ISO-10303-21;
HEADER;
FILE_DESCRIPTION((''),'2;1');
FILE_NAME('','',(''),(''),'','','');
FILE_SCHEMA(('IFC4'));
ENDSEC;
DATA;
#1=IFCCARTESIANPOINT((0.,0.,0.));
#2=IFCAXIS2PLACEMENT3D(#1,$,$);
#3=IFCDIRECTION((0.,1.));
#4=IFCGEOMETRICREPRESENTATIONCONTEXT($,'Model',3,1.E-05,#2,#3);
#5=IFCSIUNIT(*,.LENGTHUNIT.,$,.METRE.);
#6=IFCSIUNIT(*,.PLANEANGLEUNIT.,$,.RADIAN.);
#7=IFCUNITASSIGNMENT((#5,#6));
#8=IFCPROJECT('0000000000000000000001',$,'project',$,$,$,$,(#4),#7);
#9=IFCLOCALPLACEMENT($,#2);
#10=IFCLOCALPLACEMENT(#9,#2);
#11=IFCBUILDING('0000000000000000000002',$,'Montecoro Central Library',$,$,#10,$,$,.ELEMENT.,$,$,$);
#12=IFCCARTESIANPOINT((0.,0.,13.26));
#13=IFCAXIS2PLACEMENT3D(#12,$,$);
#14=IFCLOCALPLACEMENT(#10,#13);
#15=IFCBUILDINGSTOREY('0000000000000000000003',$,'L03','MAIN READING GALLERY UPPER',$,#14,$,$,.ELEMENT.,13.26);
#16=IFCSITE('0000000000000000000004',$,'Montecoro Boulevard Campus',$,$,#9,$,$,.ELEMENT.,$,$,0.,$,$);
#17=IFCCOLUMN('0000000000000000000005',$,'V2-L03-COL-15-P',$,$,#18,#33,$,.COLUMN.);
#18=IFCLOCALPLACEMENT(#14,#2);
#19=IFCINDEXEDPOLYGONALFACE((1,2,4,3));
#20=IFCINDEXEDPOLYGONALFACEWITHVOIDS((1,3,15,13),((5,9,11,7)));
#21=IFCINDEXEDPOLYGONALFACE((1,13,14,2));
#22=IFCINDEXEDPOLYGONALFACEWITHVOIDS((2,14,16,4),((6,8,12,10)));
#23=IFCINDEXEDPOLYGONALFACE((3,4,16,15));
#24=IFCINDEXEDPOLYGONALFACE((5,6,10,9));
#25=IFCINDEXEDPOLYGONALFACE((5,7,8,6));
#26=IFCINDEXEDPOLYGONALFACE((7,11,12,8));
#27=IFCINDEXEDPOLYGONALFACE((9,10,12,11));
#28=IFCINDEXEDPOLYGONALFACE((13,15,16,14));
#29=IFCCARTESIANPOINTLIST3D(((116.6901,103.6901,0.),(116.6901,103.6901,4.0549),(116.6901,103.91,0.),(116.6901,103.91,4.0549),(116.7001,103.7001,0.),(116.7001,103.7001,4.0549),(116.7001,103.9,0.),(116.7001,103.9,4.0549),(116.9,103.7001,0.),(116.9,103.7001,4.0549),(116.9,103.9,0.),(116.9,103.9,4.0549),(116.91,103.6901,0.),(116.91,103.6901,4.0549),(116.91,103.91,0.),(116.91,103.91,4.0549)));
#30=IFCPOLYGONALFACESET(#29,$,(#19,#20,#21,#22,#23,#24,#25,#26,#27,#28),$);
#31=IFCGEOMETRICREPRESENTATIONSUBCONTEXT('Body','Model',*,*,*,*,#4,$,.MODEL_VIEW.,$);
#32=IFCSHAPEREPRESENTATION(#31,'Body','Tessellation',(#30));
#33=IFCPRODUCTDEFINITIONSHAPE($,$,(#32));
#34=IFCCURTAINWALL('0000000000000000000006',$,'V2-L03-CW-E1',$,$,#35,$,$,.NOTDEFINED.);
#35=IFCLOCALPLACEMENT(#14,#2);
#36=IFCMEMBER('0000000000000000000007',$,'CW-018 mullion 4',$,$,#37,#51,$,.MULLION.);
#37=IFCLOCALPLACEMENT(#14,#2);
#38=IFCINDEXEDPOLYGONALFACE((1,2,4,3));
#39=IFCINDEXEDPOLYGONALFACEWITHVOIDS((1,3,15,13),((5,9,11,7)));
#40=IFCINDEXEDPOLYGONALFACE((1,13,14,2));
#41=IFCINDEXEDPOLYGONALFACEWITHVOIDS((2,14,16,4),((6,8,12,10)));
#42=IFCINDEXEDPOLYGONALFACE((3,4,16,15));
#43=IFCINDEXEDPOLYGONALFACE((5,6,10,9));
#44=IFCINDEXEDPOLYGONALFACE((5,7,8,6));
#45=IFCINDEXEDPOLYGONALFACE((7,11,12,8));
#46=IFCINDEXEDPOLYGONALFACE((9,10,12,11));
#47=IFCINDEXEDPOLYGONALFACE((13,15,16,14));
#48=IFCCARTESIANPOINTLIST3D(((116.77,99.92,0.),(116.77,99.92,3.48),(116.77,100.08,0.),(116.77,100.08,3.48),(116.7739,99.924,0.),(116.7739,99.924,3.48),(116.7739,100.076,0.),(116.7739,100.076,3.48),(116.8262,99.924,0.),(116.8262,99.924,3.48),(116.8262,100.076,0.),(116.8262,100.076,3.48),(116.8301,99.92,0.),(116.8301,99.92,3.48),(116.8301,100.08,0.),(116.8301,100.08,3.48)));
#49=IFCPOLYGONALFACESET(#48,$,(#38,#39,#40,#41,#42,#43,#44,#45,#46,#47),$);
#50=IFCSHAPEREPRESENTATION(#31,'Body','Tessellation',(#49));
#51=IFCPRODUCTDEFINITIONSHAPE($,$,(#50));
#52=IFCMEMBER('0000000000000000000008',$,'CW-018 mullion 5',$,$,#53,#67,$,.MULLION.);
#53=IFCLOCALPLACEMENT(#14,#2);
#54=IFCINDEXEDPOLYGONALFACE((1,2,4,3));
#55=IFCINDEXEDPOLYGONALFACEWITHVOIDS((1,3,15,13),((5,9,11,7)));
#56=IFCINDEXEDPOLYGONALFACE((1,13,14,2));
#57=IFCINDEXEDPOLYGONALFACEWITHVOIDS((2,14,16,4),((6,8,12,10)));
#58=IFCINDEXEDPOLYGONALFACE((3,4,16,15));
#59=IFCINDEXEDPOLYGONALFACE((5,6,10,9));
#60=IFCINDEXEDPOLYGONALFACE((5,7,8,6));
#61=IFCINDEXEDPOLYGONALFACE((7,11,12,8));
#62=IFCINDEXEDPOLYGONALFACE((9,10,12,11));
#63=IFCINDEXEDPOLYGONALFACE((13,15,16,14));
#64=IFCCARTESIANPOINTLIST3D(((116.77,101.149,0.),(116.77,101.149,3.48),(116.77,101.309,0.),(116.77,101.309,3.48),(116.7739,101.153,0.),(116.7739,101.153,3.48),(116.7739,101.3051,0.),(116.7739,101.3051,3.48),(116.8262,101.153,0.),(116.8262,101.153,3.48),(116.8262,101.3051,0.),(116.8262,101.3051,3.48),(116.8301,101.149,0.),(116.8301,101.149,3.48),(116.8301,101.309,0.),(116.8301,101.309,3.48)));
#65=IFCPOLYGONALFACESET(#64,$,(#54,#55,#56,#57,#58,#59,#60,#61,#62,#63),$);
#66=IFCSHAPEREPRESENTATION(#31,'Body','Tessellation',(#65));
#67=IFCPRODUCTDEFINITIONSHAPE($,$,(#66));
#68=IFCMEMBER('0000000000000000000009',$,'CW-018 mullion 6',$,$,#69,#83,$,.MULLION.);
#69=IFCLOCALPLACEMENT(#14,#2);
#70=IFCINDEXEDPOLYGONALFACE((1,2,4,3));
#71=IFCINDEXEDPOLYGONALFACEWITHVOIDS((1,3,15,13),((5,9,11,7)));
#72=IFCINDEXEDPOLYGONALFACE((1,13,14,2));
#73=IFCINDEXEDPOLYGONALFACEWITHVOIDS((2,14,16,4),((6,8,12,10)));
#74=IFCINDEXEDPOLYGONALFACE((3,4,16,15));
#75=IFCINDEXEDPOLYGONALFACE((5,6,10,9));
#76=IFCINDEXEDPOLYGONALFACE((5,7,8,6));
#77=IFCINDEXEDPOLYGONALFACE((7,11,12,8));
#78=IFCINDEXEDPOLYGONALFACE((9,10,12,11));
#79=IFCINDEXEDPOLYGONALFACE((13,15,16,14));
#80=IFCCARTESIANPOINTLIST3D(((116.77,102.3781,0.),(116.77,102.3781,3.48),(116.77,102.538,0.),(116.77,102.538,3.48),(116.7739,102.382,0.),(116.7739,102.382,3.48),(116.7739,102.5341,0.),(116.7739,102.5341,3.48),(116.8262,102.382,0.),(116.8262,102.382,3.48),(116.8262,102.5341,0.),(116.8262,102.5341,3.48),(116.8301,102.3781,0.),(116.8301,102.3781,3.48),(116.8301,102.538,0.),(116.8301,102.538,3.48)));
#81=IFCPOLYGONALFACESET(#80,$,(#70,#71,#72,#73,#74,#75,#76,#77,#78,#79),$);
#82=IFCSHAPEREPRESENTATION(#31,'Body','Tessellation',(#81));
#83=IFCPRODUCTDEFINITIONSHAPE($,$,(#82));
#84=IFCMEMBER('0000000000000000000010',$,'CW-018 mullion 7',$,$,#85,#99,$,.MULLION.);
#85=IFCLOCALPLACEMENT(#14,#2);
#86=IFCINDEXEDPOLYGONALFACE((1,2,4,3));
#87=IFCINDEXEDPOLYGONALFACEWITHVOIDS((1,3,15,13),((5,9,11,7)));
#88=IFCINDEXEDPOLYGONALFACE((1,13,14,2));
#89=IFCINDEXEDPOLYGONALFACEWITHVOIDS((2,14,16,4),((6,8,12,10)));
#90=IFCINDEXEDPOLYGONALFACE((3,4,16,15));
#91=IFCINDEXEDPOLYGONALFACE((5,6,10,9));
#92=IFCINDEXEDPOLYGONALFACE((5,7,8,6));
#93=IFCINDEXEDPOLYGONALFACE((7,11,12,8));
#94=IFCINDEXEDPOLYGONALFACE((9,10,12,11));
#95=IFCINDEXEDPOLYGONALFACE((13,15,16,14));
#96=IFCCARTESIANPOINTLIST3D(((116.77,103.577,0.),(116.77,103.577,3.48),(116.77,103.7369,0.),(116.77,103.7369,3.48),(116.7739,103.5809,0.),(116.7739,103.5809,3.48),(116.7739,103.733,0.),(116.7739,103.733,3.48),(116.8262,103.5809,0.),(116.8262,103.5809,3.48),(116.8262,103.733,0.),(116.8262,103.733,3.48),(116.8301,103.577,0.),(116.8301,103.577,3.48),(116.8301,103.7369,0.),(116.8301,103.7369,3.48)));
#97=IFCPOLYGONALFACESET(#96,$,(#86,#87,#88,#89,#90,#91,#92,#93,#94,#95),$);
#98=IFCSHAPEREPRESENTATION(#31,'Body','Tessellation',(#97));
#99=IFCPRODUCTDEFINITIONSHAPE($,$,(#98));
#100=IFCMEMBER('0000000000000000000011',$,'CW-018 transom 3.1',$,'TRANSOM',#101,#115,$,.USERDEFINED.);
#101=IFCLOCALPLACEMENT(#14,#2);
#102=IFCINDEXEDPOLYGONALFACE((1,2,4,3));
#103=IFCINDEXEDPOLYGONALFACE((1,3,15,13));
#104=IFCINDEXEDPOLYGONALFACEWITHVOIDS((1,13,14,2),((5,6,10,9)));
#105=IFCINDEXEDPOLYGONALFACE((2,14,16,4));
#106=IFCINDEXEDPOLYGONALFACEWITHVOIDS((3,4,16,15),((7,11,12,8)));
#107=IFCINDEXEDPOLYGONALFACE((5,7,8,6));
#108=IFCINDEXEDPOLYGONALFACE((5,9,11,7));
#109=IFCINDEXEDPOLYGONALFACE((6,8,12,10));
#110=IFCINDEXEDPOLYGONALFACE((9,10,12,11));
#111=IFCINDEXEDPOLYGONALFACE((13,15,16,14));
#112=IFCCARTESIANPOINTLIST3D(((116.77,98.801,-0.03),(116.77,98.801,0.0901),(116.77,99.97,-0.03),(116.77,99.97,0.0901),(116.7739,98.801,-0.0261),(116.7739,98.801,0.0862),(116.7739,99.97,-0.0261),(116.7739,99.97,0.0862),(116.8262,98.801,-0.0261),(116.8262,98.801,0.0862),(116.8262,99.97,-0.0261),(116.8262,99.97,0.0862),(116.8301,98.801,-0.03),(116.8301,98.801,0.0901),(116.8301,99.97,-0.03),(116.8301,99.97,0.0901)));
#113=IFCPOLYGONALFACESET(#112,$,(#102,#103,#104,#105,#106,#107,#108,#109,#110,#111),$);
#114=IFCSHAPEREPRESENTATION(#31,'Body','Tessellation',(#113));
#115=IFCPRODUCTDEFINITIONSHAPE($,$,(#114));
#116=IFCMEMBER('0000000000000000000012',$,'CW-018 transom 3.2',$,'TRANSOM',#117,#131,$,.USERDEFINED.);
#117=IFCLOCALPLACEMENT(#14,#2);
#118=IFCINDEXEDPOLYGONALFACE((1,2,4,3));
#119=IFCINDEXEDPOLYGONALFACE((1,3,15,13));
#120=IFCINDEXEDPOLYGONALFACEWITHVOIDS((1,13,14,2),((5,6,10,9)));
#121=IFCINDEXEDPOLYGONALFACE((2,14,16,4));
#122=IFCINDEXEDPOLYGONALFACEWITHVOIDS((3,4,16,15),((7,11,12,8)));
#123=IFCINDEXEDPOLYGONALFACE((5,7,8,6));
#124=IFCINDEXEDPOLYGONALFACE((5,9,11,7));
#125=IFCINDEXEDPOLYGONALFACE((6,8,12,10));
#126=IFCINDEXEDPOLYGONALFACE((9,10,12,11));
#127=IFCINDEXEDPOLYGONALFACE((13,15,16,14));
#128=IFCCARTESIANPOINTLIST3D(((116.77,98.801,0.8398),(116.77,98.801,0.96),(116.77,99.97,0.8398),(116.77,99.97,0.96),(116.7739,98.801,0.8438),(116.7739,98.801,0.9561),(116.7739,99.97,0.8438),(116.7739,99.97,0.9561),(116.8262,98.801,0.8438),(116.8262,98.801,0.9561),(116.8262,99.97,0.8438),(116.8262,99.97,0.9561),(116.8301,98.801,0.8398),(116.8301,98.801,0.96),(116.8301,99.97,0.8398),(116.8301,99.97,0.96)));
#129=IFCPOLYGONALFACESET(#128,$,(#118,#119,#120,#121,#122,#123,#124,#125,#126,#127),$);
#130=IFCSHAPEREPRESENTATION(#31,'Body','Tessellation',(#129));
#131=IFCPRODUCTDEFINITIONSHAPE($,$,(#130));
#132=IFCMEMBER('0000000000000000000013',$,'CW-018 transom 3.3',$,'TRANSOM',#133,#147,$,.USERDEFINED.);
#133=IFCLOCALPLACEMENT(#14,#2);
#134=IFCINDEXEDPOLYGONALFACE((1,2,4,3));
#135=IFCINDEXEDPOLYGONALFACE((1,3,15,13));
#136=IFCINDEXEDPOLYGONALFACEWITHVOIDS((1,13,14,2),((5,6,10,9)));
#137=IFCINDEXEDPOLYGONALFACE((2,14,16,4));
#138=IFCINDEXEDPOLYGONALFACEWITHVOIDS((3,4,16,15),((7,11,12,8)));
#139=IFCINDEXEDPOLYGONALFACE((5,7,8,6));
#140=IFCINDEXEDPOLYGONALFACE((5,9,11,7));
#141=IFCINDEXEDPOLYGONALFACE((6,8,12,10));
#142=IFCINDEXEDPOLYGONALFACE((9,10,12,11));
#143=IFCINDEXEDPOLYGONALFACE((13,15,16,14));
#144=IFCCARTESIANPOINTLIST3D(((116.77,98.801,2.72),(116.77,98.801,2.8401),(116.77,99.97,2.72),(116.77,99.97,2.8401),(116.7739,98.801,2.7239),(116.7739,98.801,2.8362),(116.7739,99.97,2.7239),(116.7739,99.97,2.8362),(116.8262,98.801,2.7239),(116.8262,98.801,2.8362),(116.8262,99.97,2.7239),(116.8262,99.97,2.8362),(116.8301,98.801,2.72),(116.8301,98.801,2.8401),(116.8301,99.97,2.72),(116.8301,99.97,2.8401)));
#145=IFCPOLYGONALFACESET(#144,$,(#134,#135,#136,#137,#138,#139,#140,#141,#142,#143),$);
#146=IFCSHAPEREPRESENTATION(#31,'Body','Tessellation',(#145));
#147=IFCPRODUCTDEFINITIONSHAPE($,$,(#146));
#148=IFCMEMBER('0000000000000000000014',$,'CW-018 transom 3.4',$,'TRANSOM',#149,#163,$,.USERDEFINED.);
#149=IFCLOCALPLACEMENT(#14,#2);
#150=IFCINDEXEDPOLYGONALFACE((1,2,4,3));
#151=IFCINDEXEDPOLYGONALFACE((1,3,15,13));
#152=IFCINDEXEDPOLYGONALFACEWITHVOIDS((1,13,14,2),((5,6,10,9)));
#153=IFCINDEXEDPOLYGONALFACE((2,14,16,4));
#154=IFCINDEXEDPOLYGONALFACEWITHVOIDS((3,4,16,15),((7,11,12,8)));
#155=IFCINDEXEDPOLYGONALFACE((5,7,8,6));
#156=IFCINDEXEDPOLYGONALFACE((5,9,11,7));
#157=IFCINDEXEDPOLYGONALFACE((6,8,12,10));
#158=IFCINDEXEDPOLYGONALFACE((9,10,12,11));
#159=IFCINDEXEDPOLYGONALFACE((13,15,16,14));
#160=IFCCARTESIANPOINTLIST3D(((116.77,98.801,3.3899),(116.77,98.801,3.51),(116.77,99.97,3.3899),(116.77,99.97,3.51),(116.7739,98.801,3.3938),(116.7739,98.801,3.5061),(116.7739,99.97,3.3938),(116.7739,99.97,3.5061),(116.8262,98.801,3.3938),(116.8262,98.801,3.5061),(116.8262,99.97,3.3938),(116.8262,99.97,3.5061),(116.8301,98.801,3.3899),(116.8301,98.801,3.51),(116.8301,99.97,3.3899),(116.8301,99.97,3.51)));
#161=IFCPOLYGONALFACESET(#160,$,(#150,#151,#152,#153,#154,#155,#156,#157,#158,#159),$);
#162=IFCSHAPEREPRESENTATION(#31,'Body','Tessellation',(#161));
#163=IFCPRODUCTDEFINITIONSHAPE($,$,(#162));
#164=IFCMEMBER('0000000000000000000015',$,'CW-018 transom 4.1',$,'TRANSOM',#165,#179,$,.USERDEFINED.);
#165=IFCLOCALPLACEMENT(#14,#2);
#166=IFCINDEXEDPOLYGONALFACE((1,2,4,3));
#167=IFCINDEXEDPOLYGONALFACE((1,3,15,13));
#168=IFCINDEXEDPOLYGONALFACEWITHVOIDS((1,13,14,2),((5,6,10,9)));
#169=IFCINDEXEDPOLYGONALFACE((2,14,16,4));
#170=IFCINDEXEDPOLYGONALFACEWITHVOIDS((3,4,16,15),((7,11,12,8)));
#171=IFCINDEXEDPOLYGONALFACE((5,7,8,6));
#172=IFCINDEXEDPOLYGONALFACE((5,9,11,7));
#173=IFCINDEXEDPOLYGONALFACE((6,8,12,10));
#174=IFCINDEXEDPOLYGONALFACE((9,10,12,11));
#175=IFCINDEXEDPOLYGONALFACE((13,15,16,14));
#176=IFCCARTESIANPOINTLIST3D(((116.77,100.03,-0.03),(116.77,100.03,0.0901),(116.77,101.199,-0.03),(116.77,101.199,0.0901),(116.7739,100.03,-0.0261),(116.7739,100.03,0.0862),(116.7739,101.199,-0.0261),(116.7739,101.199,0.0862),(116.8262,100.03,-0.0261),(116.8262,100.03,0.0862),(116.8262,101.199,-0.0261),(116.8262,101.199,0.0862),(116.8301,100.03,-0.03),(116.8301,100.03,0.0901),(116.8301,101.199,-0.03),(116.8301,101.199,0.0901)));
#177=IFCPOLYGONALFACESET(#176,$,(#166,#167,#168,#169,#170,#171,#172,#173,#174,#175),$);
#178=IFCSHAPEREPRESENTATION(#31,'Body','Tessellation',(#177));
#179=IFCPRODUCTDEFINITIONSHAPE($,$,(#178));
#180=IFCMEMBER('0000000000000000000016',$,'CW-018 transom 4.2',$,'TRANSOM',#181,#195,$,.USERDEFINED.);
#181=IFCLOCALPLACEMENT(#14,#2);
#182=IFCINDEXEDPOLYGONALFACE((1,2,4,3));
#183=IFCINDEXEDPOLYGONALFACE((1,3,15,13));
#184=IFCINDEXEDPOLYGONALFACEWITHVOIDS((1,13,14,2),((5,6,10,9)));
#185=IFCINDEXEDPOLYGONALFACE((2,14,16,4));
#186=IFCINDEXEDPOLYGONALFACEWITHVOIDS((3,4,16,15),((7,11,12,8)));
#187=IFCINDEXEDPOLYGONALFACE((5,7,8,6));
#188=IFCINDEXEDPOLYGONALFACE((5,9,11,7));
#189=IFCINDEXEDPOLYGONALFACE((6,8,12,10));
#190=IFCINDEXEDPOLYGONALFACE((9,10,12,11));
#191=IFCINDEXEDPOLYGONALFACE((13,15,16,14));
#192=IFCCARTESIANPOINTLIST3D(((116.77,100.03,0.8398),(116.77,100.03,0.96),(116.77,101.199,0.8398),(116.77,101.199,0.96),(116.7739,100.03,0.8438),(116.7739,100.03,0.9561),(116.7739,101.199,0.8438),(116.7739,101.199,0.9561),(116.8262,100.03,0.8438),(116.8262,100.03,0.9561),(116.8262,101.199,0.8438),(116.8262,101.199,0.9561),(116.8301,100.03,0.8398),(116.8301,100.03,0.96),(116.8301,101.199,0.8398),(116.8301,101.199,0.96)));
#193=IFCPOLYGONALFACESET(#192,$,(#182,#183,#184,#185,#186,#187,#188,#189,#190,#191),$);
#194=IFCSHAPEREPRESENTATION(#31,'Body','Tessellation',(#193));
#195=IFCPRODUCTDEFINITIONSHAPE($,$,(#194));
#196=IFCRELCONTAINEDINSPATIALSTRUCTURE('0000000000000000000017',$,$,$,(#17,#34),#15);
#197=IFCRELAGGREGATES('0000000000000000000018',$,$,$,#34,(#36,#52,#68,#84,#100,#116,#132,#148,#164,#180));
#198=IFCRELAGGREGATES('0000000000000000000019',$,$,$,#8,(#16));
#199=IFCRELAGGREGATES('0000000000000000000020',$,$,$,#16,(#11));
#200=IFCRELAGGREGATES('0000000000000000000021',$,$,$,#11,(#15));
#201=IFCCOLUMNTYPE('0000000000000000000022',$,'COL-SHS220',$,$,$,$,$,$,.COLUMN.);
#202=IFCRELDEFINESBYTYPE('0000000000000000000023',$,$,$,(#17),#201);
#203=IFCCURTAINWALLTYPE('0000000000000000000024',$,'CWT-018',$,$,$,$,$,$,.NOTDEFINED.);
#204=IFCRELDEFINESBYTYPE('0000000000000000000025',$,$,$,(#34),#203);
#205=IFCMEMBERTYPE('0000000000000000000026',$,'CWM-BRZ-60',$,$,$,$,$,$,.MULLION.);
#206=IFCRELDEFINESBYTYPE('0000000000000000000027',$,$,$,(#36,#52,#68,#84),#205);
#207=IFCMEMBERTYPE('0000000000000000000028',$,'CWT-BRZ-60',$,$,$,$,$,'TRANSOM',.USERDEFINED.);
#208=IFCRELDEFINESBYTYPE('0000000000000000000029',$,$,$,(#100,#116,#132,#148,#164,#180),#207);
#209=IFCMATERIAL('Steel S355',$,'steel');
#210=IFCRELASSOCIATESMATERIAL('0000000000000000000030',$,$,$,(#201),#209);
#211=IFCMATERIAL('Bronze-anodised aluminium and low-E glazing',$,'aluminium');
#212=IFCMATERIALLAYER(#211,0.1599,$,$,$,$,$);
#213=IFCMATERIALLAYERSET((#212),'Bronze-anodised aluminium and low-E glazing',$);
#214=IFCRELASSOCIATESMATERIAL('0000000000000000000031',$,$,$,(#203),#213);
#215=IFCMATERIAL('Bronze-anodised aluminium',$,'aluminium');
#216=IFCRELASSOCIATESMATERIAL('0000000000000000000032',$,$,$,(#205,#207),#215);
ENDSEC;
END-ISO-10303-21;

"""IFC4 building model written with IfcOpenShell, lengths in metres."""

from ifc_helpers import new_model, si_unit, direction, frame, origin, origin_2d, place, context, subcontext, project, spatial, hollow_rectangle, extrude, material, layer, layer_set, material_profile, profile_set, type_object, element, aggregate, save


model = new_model("IFC4")

# Units and contexts
model_context = context("Model", 3, precision=1e-05, world=origin(), true_north=direction((0.0, 1.0)))
body_context = subcontext(model_context, "Body", "Model", "MODEL_VIEW")
ifc_project = project(units=[si_unit("LENGTHUNIT", "METRE"), si_unit("PLANEANGLEUNIT", "RADIAN")], contexts=[model_context])

# Site, building, storey
site_placement = place(None, origin())
site = spatial("IfcSite", under=ifc_project, at=site_placement, Name="Montecoro Boulevard Campus", CompositionType="ELEMENT", RefElevation=0.0)
building_placement = place(site_placement, origin())
building = spatial("IfcBuilding", under=site, at=building_placement, Name="Montecoro Central Library", CompositionType="ELEMENT")
storey_placement = place(building_placement, frame((0.0, 0.0, 13.26)))
storey = spatial("IfcBuildingStorey", under=building, at=storey_placement, Name="L03", Description="MAIN READING GALLERY UPPER", CompositionType="ELEMENT", Elevation=13.26)

# Column
ifc_material_1 = material(Name="Steel S355", Category="steel")
ifc_material_profile_1 = material_profile(ifc_material_1, hollow_rectangle(XDim=0.22, YDim=0.22, WallThickness=0.01, at=origin_2d()), Name="SHS 220x220x10.0")
ifc_profile_set_1 = profile_set([ifc_material_profile_1], Name="Steel S355")
column_type = type_object("IfcColumnType", Name="COL-SHS220", PredefinedType="COLUMN", material=ifc_profile_set_1)
column_placement = place(storey_placement, frame((116.8, 103.8, 0.0), z_axis=(0.0, 0.0, 1.0), x_axis=(1.0, 0.0, 0.0)))
element("IfcColumn", 1, at=column_placement, inside=storey, type_object=column_type, Name="V2-L03-COL-15-P", PredefinedType="COLUMN", context=body_context, shape_type="SweptSolid", body=[
    extrude(hollow_rectangle(XDim=0.22, YDim=0.22, WallThickness=0.01, at=origin_2d()), origin(), (0.0, 0.0, 1.0), 4.0549),
])

# Curtain wall, members
ifc_material_2 = material(Name="Bronze-anodised aluminium and low-E glazing", Category="aluminium")
ifc_layer_1 = layer(ifc_material_2, 0.1599)
ifc_layer_set_1 = layer_set([ifc_layer_1], Name="Bronze-anodised aluminium and low-E glazing")
curtain_wall_type = type_object("IfcCurtainWallType", Name="CWT-018", PredefinedType="NOTDEFINED", material=ifc_layer_set_1)
curtain_wall_placement = place(storey_placement, origin())
curtain_wall = element("IfcCurtainWall", 2, at=curtain_wall_placement, inside=storey, type_object=curtain_wall_type, Name="V2-L03-CW-E1", PredefinedType="NOTDEFINED")
ifc_material_3 = material(Name="Bronze-anodised aluminium", Category="aluminium")
ifc_material_profile_2 = material_profile(ifc_material_3, hollow_rectangle(XDim=0.0601, YDim=0.1599, WallThickness=0.0039, at=origin_2d()), Name="CWM 160x60x4.0")
ifc_profile_set_2 = profile_set([ifc_material_profile_2], Name="Bronze-anodised aluminium")
member_type_1 = type_object("IfcMemberType", Name="CWM-BRZ-60", PredefinedType="MULLION", material=ifc_profile_set_2)
member_1_placement = place(storey_placement, frame((116.8, 100.0, 0.0), z_axis=(0.0, 0.0, 1.0), x_axis=(-1.0, 0.0, 0.0)))
member_1 = element("IfcMember", 3, at=member_1_placement, type_object=member_type_1, Name="CW-018 mullion 4", PredefinedType="MULLION", context=body_context, shape_type="SweptSolid", body=[
    extrude(hollow_rectangle(XDim=0.0601, YDim=0.1599, WallThickness=0.0039, at=origin_2d()), origin(), (0.0, 0.0, 1.0), 3.48),
])
member_2_placement = place(storey_placement, frame((116.8, 101.229, 0.0), z_axis=(0.0, 0.0, 1.0), x_axis=(-1.0, 0.0, 0.0)))
member_2 = element("IfcMember", 4, at=member_2_placement, type_object=member_type_1, Name="CW-018 mullion 5", PredefinedType="MULLION", context=body_context, shape_type="SweptSolid", body=[
    extrude(hollow_rectangle(XDim=0.0601, YDim=0.1599, WallThickness=0.0039, at=origin_2d()), origin(), (0.0, 0.0, 1.0), 3.48),
])
member_3_placement = place(storey_placement, frame((116.8, 102.458, 0.0), z_axis=(0.0, 0.0, 1.0), x_axis=(-1.0, 0.0, 0.0)))
member_3 = element("IfcMember", 5, at=member_3_placement, type_object=member_type_1, Name="CW-018 mullion 6", PredefinedType="MULLION", context=body_context, shape_type="SweptSolid", body=[
    extrude(hollow_rectangle(XDim=0.0601, YDim=0.1599, WallThickness=0.0039, at=origin_2d()), origin(), (0.0, 0.0, 1.0), 3.48),
])
member_4_placement = place(storey_placement, frame((116.8, 103.657, 0.0), z_axis=(0.0, 0.0, 1.0), x_axis=(-1.0, 0.0, 0.0)))
member_4 = element("IfcMember", 6, at=member_4_placement, type_object=member_type_1, Name="CW-018 mullion 7", PredefinedType="MULLION", context=body_context, shape_type="SweptSolid", body=[
    extrude(hollow_rectangle(XDim=0.0601, YDim=0.1599, WallThickness=0.0039, at=origin_2d()), origin(), (0.0, 0.0, 1.0), 3.48),
])
ifc_material_profile_3 = material_profile(ifc_material_3, hollow_rectangle(XDim=0.0601, YDim=0.1201, WallThickness=0.0039, at=origin_2d()), Name="CWT 120x60x4.0")
ifc_profile_set_3 = profile_set([ifc_material_profile_3], Name="Bronze-anodised aluminium")
member_type_2 = type_object("IfcMemberType", Name="CWT-BRZ-60", ElementType="TRANSOM", PredefinedType="USERDEFINED", material=ifc_profile_set_3)
member_5_placement = place(storey_placement, frame((116.8, 98.801, 0.03), z_axis=(0.0, 1.0, 0.0), x_axis=(-1.0, 0.0, 0.0)))
member_5 = element("IfcMember", 7, at=member_5_placement, type_object=member_type_2, Name="CW-018 transom 3.1", ObjectType="TRANSOM", PredefinedType="USERDEFINED", context=body_context, shape_type="SweptSolid", body=[
    extrude(hollow_rectangle(XDim=0.0601, YDim=0.1201, WallThickness=0.0039, at=origin_2d()), origin(), (0.0, 0.0, 1.0), 1.1689),
])
member_6_placement = place(storey_placement, frame((116.8, 98.801, 0.8999), z_axis=(0.0, 1.0, 0.0), x_axis=(-1.0, 0.0, 0.0)))
member_6 = element("IfcMember", 8, at=member_6_placement, type_object=member_type_2, Name="CW-018 transom 3.2", ObjectType="TRANSOM", PredefinedType="USERDEFINED", context=body_context, shape_type="SweptSolid", body=[
    extrude(hollow_rectangle(XDim=0.0601, YDim=0.1201, WallThickness=0.0039, at=origin_2d()), origin(), (0.0, 0.0, 1.0), 1.1689),
])
member_7_placement = place(storey_placement, frame((116.8, 98.801, 2.78), z_axis=(0.0, 1.0, 0.0), x_axis=(-1.0, 0.0, 0.0)))
member_7 = element("IfcMember", 9, at=member_7_placement, type_object=member_type_2, Name="CW-018 transom 3.3", ObjectType="TRANSOM", PredefinedType="USERDEFINED", context=body_context, shape_type="SweptSolid", body=[
    extrude(hollow_rectangle(XDim=0.0601, YDim=0.1201, WallThickness=0.0039, at=origin_2d()), origin(), (0.0, 0.0, 1.0), 1.1689),
])
member_8_placement = place(storey_placement, frame((116.8, 98.801, 3.45), z_axis=(0.0, 1.0, 0.0), x_axis=(-1.0, 0.0, 0.0)))
member_8 = element("IfcMember", 10, at=member_8_placement, type_object=member_type_2, Name="CW-018 transom 3.4", ObjectType="TRANSOM", PredefinedType="USERDEFINED", context=body_context, shape_type="SweptSolid", body=[
    extrude(hollow_rectangle(XDim=0.0601, YDim=0.1201, WallThickness=0.0039, at=origin_2d()), origin(), (0.0, 0.0, 1.0), 1.1689),
])
member_9_placement = place(storey_placement, frame((116.8, 100.03, 0.03), z_axis=(0.0, 1.0, 0.0), x_axis=(-1.0, 0.0, 0.0)))
member_9 = element("IfcMember", 11, at=member_9_placement, type_object=member_type_2, Name="CW-018 transom 4.1", ObjectType="TRANSOM", PredefinedType="USERDEFINED", context=body_context, shape_type="SweptSolid", body=[
    extrude(hollow_rectangle(XDim=0.0601, YDim=0.1201, WallThickness=0.0039, at=origin_2d()), origin(), (0.0, 0.0, 1.0), 1.1689),
])
member_10_placement = place(storey_placement, frame((116.8, 100.03, 0.8999), z_axis=(0.0, 1.0, 0.0), x_axis=(-1.0, 0.0, 0.0)))
member_10 = element("IfcMember", 12, at=member_10_placement, type_object=member_type_2, Name="CW-018 transom 4.2", ObjectType="TRANSOM", PredefinedType="USERDEFINED", context=body_context, shape_type="SweptSolid", body=[
    extrude(hollow_rectangle(XDim=0.0601, YDim=0.1201, WallThickness=0.0039, at=origin_2d()), origin(), (0.0, 0.0, 1.0), 1.1689),
])
aggregate(curtain_wall, [member_1, member_2, member_3, member_4, member_5, member_6, member_7, member_8, member_9, member_10])

save(model, "model.ifc")
